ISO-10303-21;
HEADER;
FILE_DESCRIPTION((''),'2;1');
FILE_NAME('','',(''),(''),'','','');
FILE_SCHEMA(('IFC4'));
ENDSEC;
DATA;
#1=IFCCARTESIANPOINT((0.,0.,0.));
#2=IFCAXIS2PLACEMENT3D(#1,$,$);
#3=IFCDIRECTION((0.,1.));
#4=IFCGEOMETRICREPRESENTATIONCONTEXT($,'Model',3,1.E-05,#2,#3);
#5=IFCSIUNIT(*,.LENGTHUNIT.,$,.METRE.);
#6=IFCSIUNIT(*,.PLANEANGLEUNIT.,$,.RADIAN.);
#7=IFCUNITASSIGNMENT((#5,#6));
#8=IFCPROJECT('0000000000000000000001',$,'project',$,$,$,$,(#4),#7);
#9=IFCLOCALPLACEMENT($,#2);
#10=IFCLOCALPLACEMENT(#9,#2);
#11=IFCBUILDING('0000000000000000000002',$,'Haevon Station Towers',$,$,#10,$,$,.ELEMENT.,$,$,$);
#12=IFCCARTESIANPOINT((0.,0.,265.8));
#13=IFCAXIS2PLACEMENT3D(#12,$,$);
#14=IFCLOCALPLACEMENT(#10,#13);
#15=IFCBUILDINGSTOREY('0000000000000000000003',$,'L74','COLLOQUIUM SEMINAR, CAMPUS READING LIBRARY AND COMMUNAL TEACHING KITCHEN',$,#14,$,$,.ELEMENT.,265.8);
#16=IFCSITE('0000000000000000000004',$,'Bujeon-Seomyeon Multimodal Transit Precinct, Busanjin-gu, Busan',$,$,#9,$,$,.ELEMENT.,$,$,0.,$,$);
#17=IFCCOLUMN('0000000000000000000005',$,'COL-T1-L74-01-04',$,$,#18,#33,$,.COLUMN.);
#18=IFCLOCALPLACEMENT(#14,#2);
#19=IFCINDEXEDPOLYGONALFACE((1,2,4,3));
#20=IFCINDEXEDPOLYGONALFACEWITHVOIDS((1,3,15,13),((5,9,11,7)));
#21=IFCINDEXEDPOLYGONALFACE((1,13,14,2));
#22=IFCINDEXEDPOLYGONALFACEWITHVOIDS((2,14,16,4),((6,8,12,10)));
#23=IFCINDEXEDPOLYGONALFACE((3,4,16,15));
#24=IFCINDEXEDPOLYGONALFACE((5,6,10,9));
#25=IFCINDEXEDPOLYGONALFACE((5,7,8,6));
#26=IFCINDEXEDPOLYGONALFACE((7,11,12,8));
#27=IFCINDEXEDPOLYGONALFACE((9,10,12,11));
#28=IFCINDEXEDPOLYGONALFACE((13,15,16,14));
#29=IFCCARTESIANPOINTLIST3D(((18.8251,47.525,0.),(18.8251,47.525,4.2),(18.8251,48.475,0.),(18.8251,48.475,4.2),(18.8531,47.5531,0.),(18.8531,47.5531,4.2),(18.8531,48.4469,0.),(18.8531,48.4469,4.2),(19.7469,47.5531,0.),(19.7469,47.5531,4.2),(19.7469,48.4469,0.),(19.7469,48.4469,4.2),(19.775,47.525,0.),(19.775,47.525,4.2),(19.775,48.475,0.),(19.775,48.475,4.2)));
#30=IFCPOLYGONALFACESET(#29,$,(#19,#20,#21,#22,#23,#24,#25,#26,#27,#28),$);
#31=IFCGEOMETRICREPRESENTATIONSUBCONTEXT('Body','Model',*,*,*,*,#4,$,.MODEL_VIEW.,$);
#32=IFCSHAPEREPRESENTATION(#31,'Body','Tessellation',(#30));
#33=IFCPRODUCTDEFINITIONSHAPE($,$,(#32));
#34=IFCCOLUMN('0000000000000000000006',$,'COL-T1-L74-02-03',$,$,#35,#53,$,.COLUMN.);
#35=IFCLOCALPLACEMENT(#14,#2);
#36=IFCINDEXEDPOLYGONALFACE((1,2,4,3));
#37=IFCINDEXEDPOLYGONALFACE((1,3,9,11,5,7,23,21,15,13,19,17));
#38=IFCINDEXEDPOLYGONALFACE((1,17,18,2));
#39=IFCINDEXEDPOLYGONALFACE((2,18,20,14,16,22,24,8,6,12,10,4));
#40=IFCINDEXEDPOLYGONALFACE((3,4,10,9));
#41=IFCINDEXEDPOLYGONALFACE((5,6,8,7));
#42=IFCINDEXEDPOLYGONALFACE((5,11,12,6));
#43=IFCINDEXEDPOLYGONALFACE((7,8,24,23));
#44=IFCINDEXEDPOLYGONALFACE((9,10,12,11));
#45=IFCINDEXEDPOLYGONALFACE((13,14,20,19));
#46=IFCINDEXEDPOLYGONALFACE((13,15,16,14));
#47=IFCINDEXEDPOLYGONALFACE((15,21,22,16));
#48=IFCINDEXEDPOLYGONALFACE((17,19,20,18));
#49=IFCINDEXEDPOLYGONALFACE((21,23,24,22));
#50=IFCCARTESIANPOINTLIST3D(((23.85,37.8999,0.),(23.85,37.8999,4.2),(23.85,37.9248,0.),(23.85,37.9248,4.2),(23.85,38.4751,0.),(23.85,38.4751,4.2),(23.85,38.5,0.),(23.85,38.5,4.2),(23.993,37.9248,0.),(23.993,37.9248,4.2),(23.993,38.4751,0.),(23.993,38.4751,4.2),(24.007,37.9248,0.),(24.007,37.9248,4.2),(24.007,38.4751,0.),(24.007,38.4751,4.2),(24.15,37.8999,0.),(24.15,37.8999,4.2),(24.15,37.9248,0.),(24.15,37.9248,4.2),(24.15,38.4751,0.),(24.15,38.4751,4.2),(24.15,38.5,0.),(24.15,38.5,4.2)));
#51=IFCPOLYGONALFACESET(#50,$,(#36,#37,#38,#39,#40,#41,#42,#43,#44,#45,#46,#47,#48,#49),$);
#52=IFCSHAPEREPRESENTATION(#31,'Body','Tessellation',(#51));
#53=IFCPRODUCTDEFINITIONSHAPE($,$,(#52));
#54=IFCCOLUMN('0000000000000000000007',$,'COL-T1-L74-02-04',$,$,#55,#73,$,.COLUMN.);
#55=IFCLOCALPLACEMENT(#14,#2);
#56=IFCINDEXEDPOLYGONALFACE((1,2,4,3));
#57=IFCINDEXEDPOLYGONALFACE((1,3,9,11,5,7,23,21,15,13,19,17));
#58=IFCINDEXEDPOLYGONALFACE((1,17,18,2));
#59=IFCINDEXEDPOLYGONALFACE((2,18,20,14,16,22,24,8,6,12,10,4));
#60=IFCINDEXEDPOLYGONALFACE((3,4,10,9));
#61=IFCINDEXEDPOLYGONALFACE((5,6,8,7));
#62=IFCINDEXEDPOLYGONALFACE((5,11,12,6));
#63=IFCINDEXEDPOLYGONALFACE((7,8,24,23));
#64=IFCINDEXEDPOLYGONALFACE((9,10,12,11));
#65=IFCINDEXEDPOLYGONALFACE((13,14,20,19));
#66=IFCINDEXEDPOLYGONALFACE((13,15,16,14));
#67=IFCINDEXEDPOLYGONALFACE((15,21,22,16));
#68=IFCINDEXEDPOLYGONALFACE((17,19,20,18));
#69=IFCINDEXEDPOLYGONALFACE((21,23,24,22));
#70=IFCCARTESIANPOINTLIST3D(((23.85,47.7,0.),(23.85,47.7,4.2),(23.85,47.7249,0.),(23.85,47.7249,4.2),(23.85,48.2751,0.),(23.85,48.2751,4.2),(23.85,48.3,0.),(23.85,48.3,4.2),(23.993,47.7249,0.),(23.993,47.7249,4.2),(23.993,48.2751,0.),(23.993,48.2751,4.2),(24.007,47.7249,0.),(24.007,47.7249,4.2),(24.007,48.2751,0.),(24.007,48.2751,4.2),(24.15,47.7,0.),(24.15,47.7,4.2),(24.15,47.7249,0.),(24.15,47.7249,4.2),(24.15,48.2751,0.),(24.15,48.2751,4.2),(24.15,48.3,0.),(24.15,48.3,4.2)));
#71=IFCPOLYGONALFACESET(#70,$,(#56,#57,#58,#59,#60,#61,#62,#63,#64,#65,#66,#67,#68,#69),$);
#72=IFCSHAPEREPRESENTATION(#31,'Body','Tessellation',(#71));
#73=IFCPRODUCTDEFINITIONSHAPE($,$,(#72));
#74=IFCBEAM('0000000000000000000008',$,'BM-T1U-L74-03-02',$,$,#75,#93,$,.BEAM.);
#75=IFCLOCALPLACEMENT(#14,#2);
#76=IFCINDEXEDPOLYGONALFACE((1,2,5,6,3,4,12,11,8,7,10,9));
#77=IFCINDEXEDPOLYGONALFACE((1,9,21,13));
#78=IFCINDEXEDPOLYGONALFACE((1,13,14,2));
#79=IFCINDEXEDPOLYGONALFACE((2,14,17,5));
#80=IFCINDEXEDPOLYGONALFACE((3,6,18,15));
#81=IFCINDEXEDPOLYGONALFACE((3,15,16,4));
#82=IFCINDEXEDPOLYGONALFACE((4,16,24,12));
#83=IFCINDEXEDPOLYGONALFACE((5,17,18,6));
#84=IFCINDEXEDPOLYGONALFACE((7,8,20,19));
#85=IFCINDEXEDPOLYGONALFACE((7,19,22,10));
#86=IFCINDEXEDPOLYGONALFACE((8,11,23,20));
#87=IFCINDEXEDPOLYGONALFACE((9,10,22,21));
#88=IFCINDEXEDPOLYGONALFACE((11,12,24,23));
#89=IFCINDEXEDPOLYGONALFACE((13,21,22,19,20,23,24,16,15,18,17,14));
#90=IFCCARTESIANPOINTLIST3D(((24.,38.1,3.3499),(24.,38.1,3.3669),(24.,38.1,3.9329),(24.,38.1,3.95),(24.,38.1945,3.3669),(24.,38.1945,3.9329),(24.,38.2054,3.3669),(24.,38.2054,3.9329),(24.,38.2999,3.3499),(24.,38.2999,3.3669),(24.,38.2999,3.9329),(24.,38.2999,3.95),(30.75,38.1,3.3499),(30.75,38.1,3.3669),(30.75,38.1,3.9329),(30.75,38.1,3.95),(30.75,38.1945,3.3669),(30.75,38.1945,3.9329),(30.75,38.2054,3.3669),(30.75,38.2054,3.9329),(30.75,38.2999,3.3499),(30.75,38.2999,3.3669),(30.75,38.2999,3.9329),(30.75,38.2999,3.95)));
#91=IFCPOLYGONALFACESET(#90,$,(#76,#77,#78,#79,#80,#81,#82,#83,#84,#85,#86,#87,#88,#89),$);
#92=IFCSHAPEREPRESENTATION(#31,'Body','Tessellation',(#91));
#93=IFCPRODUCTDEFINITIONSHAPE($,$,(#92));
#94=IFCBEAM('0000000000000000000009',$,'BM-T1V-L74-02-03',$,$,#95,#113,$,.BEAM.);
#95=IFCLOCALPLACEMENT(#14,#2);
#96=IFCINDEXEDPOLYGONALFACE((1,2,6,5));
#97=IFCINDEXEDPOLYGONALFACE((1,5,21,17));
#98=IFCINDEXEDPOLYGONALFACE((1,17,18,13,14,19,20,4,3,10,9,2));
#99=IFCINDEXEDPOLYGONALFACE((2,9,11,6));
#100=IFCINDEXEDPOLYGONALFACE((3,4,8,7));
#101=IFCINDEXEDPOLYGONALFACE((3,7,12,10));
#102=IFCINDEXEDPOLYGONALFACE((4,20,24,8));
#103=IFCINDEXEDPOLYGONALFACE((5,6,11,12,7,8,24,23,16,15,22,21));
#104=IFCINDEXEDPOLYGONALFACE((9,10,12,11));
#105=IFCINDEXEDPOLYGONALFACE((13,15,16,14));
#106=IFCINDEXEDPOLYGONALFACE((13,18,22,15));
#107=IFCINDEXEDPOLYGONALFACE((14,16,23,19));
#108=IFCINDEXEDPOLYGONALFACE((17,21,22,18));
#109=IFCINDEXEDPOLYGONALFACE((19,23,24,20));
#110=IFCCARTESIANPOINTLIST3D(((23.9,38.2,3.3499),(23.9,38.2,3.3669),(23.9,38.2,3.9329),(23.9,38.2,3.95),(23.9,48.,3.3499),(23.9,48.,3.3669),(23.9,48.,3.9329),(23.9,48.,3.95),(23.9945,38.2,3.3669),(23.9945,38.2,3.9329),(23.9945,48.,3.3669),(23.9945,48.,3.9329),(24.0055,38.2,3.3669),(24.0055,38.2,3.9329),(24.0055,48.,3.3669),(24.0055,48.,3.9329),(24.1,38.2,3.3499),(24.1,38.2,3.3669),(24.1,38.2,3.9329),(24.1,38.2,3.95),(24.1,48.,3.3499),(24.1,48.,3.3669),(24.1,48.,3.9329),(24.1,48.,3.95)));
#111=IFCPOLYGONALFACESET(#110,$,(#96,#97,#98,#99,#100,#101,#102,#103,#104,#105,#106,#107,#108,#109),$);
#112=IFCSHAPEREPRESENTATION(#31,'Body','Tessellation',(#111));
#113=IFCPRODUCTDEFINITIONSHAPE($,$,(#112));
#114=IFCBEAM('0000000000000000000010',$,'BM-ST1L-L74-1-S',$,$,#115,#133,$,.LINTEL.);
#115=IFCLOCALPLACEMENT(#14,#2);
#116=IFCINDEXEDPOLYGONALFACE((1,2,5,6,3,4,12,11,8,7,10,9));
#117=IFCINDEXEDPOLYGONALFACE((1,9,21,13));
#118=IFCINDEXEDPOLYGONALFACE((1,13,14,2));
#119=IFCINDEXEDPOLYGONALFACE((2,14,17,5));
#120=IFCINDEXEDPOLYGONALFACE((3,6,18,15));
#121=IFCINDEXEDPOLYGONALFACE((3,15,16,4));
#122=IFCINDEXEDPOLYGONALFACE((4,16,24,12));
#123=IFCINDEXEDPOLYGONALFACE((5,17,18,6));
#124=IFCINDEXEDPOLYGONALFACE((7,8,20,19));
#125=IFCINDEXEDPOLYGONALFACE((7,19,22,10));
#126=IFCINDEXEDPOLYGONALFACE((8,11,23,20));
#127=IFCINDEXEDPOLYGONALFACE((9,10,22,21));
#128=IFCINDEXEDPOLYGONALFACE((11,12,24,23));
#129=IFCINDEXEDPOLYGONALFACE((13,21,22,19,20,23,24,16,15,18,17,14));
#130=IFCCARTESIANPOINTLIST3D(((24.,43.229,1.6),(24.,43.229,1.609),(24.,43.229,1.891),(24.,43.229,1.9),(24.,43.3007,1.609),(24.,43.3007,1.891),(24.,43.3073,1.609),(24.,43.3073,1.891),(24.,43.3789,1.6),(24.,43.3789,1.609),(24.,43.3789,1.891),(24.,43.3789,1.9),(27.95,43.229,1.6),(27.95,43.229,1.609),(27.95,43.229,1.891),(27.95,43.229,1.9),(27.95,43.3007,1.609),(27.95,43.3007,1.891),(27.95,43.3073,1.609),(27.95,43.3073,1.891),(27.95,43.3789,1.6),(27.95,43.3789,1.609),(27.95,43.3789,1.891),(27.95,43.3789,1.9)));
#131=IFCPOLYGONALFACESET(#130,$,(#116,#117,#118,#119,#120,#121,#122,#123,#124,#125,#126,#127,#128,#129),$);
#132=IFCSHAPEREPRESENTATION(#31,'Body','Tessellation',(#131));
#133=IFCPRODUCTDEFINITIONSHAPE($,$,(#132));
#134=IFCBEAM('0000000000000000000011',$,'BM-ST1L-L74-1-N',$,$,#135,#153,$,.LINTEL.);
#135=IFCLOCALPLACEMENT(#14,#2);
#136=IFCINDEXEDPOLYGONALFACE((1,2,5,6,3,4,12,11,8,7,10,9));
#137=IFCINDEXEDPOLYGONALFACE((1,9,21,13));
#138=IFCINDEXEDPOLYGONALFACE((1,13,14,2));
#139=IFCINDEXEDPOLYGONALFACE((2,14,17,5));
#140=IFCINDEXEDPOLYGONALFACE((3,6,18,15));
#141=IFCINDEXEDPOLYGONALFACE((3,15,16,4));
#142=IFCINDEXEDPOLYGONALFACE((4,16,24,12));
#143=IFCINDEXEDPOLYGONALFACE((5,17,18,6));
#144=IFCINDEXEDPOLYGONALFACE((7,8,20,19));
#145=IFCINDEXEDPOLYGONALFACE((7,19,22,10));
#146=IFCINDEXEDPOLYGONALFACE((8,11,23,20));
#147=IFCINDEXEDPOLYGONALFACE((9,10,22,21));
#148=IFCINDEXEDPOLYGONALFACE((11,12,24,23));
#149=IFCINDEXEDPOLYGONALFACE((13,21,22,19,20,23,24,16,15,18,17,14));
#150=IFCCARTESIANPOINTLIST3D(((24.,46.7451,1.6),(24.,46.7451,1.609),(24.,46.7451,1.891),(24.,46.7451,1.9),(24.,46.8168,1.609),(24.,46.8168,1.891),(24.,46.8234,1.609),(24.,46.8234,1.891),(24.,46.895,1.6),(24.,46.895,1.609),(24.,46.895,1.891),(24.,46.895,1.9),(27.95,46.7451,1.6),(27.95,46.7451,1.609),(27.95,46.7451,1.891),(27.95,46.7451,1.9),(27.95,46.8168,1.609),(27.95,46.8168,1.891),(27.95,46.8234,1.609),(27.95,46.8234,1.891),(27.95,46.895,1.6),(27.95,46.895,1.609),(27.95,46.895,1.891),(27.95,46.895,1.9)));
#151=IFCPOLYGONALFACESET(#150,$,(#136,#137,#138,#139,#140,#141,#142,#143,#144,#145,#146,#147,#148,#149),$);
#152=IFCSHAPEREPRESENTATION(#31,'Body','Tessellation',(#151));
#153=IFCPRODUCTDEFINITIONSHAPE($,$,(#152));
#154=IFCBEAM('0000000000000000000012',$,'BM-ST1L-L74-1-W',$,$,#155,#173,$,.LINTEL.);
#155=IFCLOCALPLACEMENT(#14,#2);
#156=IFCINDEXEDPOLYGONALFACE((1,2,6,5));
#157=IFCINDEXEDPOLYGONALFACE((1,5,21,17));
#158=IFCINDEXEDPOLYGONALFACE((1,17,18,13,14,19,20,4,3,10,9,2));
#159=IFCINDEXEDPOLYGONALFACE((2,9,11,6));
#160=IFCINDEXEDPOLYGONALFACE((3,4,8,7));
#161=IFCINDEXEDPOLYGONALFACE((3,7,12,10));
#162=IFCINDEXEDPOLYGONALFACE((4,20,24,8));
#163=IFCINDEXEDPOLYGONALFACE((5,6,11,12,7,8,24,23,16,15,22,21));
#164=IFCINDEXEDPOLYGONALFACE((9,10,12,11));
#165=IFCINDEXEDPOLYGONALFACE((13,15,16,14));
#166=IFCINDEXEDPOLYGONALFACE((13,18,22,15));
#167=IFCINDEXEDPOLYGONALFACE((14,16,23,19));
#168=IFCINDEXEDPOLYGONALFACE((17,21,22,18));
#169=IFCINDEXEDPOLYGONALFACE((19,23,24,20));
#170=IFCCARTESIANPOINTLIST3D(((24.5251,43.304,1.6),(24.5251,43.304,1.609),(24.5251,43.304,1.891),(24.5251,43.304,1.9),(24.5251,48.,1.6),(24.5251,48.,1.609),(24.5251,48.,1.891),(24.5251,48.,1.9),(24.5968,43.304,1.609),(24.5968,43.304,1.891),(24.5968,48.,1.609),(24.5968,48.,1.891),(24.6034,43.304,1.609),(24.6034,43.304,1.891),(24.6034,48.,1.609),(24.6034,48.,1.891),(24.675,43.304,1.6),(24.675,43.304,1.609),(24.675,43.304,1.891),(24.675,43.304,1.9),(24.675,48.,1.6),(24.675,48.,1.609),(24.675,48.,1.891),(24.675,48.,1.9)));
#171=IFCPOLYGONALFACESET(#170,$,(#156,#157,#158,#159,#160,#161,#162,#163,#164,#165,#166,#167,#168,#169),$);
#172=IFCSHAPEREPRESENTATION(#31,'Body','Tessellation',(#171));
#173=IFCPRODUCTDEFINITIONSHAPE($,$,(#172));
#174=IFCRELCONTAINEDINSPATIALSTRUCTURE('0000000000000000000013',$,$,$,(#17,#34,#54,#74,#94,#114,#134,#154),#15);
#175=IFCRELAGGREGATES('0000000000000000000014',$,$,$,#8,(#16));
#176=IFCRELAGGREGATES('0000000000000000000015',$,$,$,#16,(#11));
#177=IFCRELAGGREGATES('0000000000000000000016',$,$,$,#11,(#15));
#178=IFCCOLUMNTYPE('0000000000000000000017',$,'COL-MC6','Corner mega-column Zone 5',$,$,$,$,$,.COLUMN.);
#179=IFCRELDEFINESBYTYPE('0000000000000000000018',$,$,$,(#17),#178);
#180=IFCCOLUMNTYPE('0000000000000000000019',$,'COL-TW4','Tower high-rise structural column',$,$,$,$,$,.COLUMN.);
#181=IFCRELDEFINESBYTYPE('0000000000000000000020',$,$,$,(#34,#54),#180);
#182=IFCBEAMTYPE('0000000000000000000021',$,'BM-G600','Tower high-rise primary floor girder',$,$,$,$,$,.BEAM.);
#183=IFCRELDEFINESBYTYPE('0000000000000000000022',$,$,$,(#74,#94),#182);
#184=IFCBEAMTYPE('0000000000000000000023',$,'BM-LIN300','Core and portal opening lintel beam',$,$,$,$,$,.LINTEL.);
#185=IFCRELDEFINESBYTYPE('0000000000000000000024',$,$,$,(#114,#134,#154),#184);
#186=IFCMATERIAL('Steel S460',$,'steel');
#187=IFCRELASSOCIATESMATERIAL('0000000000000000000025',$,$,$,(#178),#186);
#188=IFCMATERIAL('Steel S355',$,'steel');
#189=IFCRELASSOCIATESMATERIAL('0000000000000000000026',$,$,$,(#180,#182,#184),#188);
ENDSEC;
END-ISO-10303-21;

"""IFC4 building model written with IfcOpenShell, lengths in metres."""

from ifc_helpers import new_model, si_unit, direction, frame, origin, origin_2d, place, context, subcontext, project, spatial, hollow_rectangle, i_section, extrude, material, material_profile, profile_set, type_object, element, save


model = new_model("IFC4")

# Units and contexts
model_context = context("Model", 3, precision=1e-05, world=origin(), true_north=direction((0.0, 1.0)))
body_context = subcontext(model_context, "Body", "Model", "MODEL_VIEW")
ifc_project = project(units=[si_unit("LENGTHUNIT", "METRE"), si_unit("PLANEANGLEUNIT", "RADIAN")], contexts=[model_context])

# Site, building, storey
site_placement = place(None, origin())
site = spatial("IfcSite", under=ifc_project, at=site_placement, Name="Bujeon-Seomyeon Multimodal Transit Precinct, Busanjin-gu, Busan", CompositionType="ELEMENT", RefElevation=0.0)
building_placement = place(site_placement, origin())
building = spatial("IfcBuilding", under=site, at=building_placement, Name="Haevon Station Towers", CompositionType="ELEMENT")
storey_placement = place(building_placement, frame((0.0, 0.0, 265.8)))
storey = spatial("IfcBuildingStorey", under=building, at=storey_placement, Name="L74", Description="COLLOQUIUM SEMINAR, CAMPUS READING LIBRARY AND COMMUNAL TEACHING KITCHEN", CompositionType="ELEMENT", Elevation=265.8)

# Columns
ifc_material_1 = material(Name="Steel S460", Category="steel")
ifc_material_profile_1 = material_profile(ifc_material_1, hollow_rectangle(XDim=0.95, YDim=0.95, WallThickness=0.0281, at=origin_2d()), Name="BOX-950x950x28")
ifc_profile_set_1 = profile_set([ifc_material_profile_1], Name="Steel S460")
column_type_1 = type_object("IfcColumnType", Name="COL-MC6", Description="Corner mega-column Zone 5", PredefinedType="COLUMN", material=ifc_profile_set_1)
column_placement = place(storey_placement, frame((19.3, 48.0, 0.0), z_axis=(0.0, 0.0, 1.0), x_axis=(1.0, 0.0, 0.0)))
element("IfcColumn", 1, at=column_placement, inside=storey, type_object=column_type_1, Name="COL-T1-L74-01-04", PredefinedType="COLUMN", context=body_context, shape_type="SweptSolid", body=[
    extrude(hollow_rectangle(XDim=0.95, YDim=0.95, WallThickness=0.0281, at=origin_2d()), origin(), (0.0, 0.0, 1.0), 4.2),
])
ifc_material_2 = material(Name="Steel S355", Category="steel")
ifc_material_profile_2 = material_profile(ifc_material_2, i_section(OverallWidth=0.3, OverallDepth=0.6001, WebThickness=0.0139, FlangeThickness=0.0249, at=origin_2d()), Name="H-600x300x14x25")
ifc_profile_set_2 = profile_set([ifc_material_profile_2], Name="Steel S355")
column_type_2 = type_object("IfcColumnType", Name="COL-TW4", Description="Tower high-rise structural column", PredefinedType="COLUMN", material=ifc_profile_set_2)
for number, where, z_axis, x_axis, name in (
    (2, (24.0, 38.2, 0.0), (0.0, 0.0, 1.0), (1.0, 0.0, 0.0), "COL-T1-L74-02-03"),
    (3, (24.0, 48.0, 0.0), (0.0, 0.0, 1.0), (1.0, 0.0, 0.0), "COL-T1-L74-02-04"),
):
    element("IfcColumn", number, at=place(storey_placement, frame(where, z_axis=z_axis, x_axis=x_axis)), inside=storey, type_object=column_type_2, Name=name, PredefinedType="COLUMN", context=body_context, shape_type="SweptSolid", body=[
        extrude(i_section(OverallWidth=0.3, OverallDepth=0.6001, WebThickness=0.0139, FlangeThickness=0.0249, at=origin_2d()), origin(), (0.0, 0.0, 1.0), 4.2),
    ])

# Beams
ifc_material_profile_3 = material_profile(ifc_material_2, i_section(OverallWidth=0.2, OverallDepth=0.6001, WebThickness=0.011, FlangeThickness=0.0171, at=origin_2d()), Name="H-600x200x11x17")
ifc_profile_set_3 = profile_set([ifc_material_profile_3], Name="Steel S355")
beam_type_1 = type_object("IfcBeamType", Name="BM-G600", Description="Tower high-rise primary floor girder", PredefinedType="BEAM", material=ifc_profile_set_3)
beam_1_placement = place(storey_placement, frame((24.0, 38.2, 3.6499), z_axis=(1.0, 0.0, 0.0), x_axis=(0.0, 1.0, 0.0)))
element("IfcBeam", 4, at=beam_1_placement, inside=storey, type_object=beam_type_1, Name="BM-T1U-L74-03-02", PredefinedType="BEAM", context=body_context, shape_type="SweptSolid", body=[
    extrude(i_section(OverallWidth=0.2, OverallDepth=0.6001, WebThickness=0.011, FlangeThickness=0.0171, at=origin_2d()), origin(), (0.0, 0.0, 1.0), 6.75),
])
beam_2_placement = place(storey_placement, frame((24.0, 38.2, 3.6499), z_axis=(0.0, 1.0, 0.0), x_axis=(-1.0, 0.0, 0.0)))
element("IfcBeam", 5, at=beam_2_placement, inside=storey, type_object=beam_type_1, Name="BM-T1V-L74-02-03", PredefinedType="BEAM", context=body_context, shape_type="SweptSolid", body=[
    extrude(i_section(OverallWidth=0.2, OverallDepth=0.6001, WebThickness=0.011, FlangeThickness=0.0171, at=origin_2d()), origin(), (0.0, 0.0, 1.0), 9.8),
])
ifc_material_profile_4 = material_profile(ifc_material_2, i_section(OverallWidth=0.1499, OverallDepth=0.3, WebThickness=0.0066, FlangeThickness=0.009, at=origin_2d()), Name="H-300x150x6.5x9")
ifc_profile_set_4 = profile_set([ifc_material_profile_4], Name="Steel S355")
beam_type_2 = type_object("IfcBeamType", Name="BM-LIN300", Description="Core and portal opening lintel beam", PredefinedType="LINTEL", material=ifc_profile_set_4)
for number, where, z_axis, x_axis, name in (
    (6, (24.0, 43.304, 1.75), (1.0, 0.0, 0.0), (0.0, 1.0, 0.0), "BM-ST1L-L74-1-S"),
    (7, (24.0, 46.8201, 1.75), (1.0, 0.0, 0.0), (0.0, 1.0, 0.0), "BM-ST1L-L74-1-N"),
):
    element("IfcBeam", number, at=place(storey_placement, frame(where, z_axis=z_axis, x_axis=x_axis)), inside=storey, type_object=beam_type_2, Name=name, PredefinedType="LINTEL", context=body_context, shape_type="SweptSolid", body=[
        extrude(i_section(OverallWidth=0.1499, OverallDepth=0.3, WebThickness=0.0066, FlangeThickness=0.009, at=origin_2d()), origin(), (0.0, 0.0, 1.0), 3.95),
    ])
beam_3_placement = place(storey_placement, frame((24.6001, 43.304, 1.75), z_axis=(0.0, 1.0, 0.0), x_axis=(-1.0, 0.0, 0.0)))
element("IfcBeam", 8, at=beam_3_placement, inside=storey, type_object=beam_type_2, Name="BM-ST1L-L74-1-W", PredefinedType="LINTEL", context=body_context, shape_type="SweptSolid", body=[
    extrude(i_section(OverallWidth=0.1499, OverallDepth=0.3, WebThickness=0.0066, FlangeThickness=0.009, at=origin_2d()), origin(), (0.0, 0.0, 1.0), 4.696),
])

save(model, "model.ifc")
